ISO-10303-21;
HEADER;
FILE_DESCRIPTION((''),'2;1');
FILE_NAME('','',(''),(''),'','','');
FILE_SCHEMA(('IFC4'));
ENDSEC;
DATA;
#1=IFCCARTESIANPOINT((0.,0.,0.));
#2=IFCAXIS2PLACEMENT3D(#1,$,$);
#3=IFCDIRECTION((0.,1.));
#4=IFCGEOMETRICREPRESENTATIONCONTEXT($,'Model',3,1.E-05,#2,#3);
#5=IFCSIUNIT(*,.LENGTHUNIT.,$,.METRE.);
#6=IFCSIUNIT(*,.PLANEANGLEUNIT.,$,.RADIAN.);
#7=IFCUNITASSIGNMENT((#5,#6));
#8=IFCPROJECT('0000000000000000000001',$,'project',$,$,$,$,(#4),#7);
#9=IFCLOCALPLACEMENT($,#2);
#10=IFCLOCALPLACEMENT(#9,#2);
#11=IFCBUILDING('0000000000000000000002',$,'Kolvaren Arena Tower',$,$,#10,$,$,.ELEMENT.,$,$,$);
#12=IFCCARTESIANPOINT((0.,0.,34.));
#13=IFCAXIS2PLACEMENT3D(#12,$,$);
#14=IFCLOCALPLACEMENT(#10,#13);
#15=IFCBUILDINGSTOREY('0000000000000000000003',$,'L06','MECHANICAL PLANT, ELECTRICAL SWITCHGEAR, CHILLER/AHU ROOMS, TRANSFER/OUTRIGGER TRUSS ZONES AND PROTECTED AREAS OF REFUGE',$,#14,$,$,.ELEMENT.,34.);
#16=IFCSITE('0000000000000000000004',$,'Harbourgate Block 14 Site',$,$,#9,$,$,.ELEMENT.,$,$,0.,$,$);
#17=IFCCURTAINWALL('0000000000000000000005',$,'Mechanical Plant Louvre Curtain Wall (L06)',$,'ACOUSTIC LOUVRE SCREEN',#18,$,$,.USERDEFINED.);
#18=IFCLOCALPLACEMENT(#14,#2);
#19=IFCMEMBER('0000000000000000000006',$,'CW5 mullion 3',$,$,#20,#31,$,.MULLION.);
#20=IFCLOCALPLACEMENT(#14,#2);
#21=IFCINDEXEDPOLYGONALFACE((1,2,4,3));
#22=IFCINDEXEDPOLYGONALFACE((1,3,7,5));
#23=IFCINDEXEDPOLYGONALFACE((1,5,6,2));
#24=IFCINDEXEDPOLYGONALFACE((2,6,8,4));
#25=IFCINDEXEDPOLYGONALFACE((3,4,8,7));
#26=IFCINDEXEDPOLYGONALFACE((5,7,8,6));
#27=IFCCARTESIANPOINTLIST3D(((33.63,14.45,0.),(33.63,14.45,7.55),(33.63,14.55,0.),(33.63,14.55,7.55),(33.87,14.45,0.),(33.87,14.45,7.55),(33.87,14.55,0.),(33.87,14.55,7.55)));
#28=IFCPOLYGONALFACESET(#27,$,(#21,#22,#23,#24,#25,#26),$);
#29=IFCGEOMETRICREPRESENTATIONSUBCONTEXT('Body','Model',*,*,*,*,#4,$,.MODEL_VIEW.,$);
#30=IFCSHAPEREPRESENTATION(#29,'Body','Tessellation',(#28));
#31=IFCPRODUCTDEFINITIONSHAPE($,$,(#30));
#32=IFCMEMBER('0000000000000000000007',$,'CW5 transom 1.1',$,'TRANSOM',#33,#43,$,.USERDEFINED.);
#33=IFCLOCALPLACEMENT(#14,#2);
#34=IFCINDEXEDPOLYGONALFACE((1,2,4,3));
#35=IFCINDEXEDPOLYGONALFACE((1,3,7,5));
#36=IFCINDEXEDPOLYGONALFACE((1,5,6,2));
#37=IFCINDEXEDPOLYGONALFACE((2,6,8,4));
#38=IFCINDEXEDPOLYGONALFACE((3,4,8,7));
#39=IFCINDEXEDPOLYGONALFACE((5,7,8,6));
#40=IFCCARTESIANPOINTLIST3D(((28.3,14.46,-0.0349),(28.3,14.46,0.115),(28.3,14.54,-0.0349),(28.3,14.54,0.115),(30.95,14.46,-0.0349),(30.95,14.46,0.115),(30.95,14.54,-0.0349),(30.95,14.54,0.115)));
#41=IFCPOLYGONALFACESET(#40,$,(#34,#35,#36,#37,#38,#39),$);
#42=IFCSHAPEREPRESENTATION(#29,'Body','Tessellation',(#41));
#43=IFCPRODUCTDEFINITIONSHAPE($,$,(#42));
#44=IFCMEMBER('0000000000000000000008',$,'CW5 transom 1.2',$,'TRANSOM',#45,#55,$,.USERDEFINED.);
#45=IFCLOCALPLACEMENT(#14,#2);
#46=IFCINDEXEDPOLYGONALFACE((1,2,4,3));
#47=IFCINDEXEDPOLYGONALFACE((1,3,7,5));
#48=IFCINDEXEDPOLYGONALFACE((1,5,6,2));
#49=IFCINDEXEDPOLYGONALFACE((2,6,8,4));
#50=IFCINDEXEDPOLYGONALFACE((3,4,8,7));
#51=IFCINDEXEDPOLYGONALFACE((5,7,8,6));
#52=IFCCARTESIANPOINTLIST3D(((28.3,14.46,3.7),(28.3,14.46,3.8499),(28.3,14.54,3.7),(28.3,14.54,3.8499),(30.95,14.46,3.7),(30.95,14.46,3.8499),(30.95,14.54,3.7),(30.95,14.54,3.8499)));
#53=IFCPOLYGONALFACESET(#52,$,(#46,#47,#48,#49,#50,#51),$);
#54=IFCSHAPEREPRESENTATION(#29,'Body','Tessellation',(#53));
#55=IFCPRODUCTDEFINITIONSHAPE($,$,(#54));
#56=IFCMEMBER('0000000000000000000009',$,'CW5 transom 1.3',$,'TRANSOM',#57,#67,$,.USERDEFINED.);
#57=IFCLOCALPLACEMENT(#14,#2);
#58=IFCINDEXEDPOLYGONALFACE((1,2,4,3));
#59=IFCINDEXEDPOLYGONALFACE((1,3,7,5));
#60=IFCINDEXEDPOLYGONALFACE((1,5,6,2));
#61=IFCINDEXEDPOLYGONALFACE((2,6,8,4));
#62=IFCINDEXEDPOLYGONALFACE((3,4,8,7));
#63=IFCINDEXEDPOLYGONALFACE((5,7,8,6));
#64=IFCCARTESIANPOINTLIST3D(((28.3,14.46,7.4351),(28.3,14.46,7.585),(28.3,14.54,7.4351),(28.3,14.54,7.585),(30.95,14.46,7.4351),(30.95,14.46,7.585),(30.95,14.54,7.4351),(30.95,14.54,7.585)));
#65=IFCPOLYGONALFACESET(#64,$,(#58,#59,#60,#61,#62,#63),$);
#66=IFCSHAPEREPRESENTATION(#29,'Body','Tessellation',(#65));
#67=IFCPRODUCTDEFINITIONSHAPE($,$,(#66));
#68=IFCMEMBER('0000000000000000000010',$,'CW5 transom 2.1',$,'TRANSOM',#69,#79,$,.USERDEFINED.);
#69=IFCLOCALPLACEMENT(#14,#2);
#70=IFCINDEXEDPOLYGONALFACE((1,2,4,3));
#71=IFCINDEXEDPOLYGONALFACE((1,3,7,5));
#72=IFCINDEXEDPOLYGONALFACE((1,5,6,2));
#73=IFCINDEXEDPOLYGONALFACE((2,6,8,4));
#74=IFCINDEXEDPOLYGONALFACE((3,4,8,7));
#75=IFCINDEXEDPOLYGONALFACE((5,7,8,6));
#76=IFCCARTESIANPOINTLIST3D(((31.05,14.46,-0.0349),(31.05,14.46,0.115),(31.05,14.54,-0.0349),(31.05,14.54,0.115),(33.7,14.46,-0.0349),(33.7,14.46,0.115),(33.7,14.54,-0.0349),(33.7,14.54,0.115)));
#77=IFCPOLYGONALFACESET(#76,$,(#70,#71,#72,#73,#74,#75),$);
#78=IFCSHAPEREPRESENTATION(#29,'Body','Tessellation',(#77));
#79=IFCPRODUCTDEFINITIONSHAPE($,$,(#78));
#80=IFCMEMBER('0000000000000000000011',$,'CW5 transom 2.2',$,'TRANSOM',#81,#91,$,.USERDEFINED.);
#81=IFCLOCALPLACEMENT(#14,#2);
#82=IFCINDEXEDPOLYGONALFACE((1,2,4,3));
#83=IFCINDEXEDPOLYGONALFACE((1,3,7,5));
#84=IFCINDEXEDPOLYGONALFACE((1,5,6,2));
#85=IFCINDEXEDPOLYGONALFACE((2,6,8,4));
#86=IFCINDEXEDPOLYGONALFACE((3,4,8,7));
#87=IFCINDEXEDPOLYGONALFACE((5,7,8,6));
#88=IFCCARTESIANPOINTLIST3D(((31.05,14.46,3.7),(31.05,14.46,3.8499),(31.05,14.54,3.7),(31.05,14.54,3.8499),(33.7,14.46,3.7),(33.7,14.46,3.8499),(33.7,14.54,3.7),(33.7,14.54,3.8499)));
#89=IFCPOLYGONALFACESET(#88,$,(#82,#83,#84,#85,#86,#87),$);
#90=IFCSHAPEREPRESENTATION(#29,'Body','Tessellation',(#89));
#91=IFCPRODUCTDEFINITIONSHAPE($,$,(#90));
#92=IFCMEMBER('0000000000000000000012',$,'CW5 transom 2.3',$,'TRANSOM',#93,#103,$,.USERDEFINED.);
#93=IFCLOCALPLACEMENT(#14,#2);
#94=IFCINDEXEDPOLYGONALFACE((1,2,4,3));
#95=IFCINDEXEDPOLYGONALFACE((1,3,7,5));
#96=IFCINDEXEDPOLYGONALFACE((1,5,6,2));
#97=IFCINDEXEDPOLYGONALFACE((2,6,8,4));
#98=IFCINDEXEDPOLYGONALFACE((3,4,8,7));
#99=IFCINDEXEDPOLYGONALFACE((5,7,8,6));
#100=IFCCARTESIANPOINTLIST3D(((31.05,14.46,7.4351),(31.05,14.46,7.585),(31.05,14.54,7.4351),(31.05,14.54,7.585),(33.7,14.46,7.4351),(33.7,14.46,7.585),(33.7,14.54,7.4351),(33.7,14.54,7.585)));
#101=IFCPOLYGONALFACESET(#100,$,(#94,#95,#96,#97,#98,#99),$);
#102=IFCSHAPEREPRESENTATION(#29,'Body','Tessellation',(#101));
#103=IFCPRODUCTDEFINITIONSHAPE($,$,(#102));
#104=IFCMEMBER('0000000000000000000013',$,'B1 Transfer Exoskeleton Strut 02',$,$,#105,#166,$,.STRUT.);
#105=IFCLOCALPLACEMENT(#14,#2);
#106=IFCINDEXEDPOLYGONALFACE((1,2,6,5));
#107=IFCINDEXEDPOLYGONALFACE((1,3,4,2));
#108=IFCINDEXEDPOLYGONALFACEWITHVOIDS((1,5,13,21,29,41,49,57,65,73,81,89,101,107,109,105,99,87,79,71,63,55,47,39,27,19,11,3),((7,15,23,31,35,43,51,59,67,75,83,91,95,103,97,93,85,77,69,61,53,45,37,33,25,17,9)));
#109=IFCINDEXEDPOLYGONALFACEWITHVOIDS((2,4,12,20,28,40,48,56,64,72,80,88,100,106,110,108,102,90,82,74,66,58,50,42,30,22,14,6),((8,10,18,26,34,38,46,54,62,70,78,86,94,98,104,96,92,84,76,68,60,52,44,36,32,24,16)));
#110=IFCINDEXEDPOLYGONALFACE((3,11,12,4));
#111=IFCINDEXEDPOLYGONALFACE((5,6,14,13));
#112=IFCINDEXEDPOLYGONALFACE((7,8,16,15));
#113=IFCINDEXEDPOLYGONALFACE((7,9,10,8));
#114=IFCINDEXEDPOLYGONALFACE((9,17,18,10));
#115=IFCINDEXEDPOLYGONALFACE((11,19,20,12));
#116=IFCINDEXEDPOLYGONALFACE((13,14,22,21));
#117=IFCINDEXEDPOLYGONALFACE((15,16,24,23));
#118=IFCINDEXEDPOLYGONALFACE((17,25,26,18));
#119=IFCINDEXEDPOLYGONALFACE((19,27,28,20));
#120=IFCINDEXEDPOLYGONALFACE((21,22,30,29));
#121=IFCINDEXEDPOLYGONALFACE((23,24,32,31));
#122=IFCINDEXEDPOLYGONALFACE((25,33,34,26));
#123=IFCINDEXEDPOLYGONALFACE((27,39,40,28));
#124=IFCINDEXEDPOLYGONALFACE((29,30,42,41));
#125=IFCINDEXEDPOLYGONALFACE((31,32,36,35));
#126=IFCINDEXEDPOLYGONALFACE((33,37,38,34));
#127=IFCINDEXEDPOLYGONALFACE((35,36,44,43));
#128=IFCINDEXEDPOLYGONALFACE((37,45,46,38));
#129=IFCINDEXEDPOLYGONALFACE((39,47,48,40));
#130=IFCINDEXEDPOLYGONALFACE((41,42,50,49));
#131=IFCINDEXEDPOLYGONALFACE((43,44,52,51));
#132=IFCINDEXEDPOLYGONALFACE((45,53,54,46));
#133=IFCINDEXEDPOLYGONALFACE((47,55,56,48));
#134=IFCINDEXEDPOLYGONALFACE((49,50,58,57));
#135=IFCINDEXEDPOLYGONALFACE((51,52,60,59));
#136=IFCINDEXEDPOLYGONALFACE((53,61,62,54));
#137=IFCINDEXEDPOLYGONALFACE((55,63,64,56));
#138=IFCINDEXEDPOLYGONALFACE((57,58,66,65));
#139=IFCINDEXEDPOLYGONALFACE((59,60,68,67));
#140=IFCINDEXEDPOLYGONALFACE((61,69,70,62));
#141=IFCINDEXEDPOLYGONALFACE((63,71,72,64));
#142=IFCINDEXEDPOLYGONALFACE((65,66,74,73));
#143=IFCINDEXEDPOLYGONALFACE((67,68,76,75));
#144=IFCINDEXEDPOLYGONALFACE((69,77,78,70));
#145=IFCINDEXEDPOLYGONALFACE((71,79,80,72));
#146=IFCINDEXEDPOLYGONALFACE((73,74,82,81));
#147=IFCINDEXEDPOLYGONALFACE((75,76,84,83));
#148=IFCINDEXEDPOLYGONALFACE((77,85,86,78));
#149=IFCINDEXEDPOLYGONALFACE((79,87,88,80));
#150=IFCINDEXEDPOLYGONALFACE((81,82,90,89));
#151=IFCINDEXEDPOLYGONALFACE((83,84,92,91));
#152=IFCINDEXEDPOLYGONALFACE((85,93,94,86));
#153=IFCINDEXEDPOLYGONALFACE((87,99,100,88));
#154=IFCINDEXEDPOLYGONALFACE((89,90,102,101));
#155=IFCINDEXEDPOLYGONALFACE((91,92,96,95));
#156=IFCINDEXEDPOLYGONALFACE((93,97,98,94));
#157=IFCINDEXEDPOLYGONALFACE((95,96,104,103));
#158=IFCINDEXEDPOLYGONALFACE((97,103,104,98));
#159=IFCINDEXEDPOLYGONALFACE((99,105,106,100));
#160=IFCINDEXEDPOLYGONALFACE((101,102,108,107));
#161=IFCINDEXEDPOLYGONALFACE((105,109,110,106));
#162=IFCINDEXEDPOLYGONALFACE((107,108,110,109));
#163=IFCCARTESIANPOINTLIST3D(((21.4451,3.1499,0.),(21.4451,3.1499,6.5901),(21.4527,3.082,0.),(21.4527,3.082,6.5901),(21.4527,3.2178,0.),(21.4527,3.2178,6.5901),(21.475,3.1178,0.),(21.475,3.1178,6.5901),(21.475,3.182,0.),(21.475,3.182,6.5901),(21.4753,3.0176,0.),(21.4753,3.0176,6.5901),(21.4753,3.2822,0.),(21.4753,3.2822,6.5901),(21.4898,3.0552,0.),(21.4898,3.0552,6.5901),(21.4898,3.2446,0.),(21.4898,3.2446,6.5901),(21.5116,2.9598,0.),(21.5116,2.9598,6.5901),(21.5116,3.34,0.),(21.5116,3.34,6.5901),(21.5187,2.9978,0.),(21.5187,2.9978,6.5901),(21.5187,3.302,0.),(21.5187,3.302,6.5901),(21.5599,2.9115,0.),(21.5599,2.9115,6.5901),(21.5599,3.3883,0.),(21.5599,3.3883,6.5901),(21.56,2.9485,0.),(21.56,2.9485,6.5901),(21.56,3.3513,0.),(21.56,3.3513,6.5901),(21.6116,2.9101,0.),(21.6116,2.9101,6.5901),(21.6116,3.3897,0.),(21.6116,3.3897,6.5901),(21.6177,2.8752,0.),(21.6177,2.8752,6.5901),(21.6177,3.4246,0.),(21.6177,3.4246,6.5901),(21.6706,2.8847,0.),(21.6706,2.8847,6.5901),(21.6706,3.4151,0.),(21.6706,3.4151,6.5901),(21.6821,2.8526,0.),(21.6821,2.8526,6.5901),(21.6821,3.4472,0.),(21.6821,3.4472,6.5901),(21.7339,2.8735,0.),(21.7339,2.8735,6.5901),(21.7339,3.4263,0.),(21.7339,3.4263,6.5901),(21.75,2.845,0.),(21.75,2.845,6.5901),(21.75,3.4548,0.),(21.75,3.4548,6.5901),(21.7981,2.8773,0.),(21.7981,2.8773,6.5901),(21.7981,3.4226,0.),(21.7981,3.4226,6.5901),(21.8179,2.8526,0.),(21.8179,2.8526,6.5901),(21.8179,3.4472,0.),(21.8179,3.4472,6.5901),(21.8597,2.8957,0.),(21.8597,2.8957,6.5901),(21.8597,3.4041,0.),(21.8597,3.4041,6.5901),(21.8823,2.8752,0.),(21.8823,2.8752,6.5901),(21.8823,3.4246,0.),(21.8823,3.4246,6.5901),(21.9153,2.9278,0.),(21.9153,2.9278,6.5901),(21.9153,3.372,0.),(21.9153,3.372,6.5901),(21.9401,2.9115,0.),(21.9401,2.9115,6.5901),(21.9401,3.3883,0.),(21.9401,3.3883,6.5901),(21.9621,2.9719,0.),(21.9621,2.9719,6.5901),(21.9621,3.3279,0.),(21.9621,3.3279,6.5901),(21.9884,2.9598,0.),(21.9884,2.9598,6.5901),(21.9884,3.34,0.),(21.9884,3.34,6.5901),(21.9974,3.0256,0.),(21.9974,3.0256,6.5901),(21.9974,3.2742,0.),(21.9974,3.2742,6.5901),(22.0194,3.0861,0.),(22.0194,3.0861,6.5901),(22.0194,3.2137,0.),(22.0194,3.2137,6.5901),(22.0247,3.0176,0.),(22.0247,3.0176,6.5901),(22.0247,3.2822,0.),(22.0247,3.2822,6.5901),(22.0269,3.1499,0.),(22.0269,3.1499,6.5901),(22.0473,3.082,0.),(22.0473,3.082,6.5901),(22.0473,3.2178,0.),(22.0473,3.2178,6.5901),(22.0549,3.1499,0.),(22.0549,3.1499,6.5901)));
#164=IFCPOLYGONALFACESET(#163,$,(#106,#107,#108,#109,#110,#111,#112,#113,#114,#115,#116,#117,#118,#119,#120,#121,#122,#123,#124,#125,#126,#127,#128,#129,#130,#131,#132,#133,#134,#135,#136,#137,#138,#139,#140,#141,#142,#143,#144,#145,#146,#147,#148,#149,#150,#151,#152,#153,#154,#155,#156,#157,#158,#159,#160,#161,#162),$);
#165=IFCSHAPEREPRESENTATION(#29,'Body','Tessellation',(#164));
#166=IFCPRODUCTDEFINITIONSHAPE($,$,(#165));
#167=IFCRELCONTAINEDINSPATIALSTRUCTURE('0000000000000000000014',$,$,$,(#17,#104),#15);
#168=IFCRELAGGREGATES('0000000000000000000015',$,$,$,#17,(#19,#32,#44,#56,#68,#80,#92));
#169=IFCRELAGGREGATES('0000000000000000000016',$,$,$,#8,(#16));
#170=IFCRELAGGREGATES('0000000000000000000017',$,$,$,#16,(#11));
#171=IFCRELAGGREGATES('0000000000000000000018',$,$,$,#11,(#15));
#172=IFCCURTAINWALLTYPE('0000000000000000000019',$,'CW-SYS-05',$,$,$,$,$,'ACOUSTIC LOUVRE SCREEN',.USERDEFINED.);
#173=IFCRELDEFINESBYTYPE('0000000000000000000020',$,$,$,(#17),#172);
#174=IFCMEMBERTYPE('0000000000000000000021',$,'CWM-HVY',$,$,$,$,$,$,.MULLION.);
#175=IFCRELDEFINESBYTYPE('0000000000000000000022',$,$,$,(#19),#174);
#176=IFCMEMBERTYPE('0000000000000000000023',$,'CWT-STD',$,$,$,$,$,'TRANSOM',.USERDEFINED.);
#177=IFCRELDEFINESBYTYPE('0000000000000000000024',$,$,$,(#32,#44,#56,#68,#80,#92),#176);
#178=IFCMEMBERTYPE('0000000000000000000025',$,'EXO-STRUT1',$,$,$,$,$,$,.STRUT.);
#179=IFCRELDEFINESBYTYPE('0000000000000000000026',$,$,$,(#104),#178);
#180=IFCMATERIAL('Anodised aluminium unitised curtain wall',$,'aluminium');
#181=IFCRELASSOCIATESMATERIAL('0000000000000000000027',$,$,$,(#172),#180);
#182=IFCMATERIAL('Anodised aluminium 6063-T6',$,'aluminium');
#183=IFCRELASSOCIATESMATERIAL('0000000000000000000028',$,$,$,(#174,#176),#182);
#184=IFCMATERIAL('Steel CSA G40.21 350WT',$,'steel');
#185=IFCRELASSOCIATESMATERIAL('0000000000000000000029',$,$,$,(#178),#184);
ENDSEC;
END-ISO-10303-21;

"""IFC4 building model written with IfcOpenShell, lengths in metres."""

from ifc_helpers import new_model, si_unit, direction, frame, origin, origin_2d, place, context, subcontext, project, spatial, rectangle, hollow_circle, extrude, material, material_profile, profile_set, type_object, element, aggregate, save


model = new_model("IFC4")

# Units and contexts
model_context = context("Model", 3, precision=1e-05, world=origin(), true_north=direction((0.0, 1.0)))
body_context = subcontext(model_context, "Body", "Model", "MODEL_VIEW")
ifc_project = project(units=[si_unit("LENGTHUNIT", "METRE"), si_unit("PLANEANGLEUNIT", "RADIAN")], contexts=[model_context])

# Site, building, storey
site_placement = place(None, origin())
site = spatial("IfcSite", under=ifc_project, at=site_placement, Name="Harbourgate Block 14 Site", CompositionType="ELEMENT", RefElevation=0.0)
building_placement = place(site_placement, origin())
building = spatial("IfcBuilding", under=site, at=building_placement, Name="Kolvaren Arena Tower", CompositionType="ELEMENT")
storey_placement = place(building_placement, frame((0.0, 0.0, 34.0)))
storey = spatial("IfcBuildingStorey", under=building, at=storey_placement, Name="L06", Description="MECHANICAL PLANT, ELECTRICAL SWITCHGEAR, CHILLER/AHU ROOMS, TRANSFER/OUTRIGGER TRUSS ZONES AND PROTECTED AREAS OF REFUGE", CompositionType="ELEMENT", Elevation=34.0)

# Curtain wall, members
ifc_material_1 = material(Name="Anodised aluminium unitised curtain wall", Category="aluminium")
curtain_wall_type = type_object("IfcCurtainWallType", Name="CW-SYS-05", ElementType="ACOUSTIC LOUVRE SCREEN", PredefinedType="USERDEFINED", material=ifc_material_1)
curtain_wall_placement = place(storey_placement, origin())
curtain_wall = element("IfcCurtainWall", 1, at=curtain_wall_placement, inside=storey, type_object=curtain_wall_type, Name="Mechanical Plant Louvre Curtain Wall (L06)", ObjectType="ACOUSTIC LOUVRE SCREEN", PredefinedType="USERDEFINED")
ifc_material_2 = material(Name="Anodised aluminium 6063-T6", Category="aluminium")
ifc_material_profile_1 = material_profile(ifc_material_2, rectangle(XDim=0.1001, YDim=0.24, at=origin_2d()), Name="ALU-100x240")
ifc_profile_set_1 = profile_set([ifc_material_profile_1], Name="Anodised aluminium 6063-T6")
member_type_1 = type_object("IfcMemberType", Name="CWM-HVY", PredefinedType="MULLION", material=ifc_profile_set_1)
member_1_placement = place(storey_placement, frame((33.75, 14.5, 0.0), z_axis=(0.0, 0.0, 1.0), x_axis=(0.0, 1.0, 0.0)))
member_1 = element("IfcMember", 2, at=member_1_placement, type_object=member_type_1, Name="CW5 mullion 3", PredefinedType="MULLION", context=body_context, shape_type="SweptSolid", body=[
    extrude(rectangle(XDim=0.1001, YDim=0.24, at=origin_2d()), origin(), (0.0, 0.0, 1.0), 7.55),
])
ifc_material_profile_2 = material_profile(ifc_material_2, rectangle(XDim=0.0801, YDim=0.1499, at=origin_2d()), Name="ALU-80x150")
ifc_profile_set_2 = profile_set([ifc_material_profile_2], Name="Anodised aluminium 6063-T6")
member_type_2 = type_object("IfcMemberType", Name="CWT-STD", ElementType="TRANSOM", PredefinedType="USERDEFINED", material=ifc_profile_set_2)
member_2_placement = place(storey_placement, frame((28.3, 14.5, 0.04), z_axis=(1.0, 0.0, 0.0), x_axis=(0.0, 1.0, 0.0)))
member_2 = element("IfcMember", 3, at=member_2_placement, type_object=member_type_2, Name="CW5 transom 1.1", ObjectType="TRANSOM", PredefinedType="USERDEFINED", context=body_context, shape_type="SweptSolid", body=[
    extrude(rectangle(XDim=0.0801, YDim=0.1499, at=origin_2d()), origin(), (0.0, 0.0, 1.0), 2.6499),
])
member_3_placement = place(storey_placement, frame((28.3, 14.5, 3.7749), z_axis=(1.0, 0.0, 0.0), x_axis=(0.0, 1.0, 0.0)))
member_3 = element("IfcMember", 4, at=member_3_placement, type_object=member_type_2, Name="CW5 transom 1.2", ObjectType="TRANSOM", PredefinedType="USERDEFINED", context=body_context, shape_type="SweptSolid", body=[
    extrude(rectangle(XDim=0.0801, YDim=0.1499, at=origin_2d()), origin(), (0.0, 0.0, 1.0), 2.6499),
])
member_4_placement = place(storey_placement, frame((28.3, 14.5, 7.51), z_axis=(1.0, 0.0, 0.0), x_axis=(0.0, 1.0, 0.0)))
member_4 = element("IfcMember", 5, at=member_4_placement, type_object=member_type_2, Name="CW5 transom 1.3", ObjectType="TRANSOM", PredefinedType="USERDEFINED", context=body_context, shape_type="SweptSolid", body=[
    extrude(rectangle(XDim=0.0801, YDim=0.1499, at=origin_2d()), origin(), (0.0, 0.0, 1.0), 2.6499),
])
member_5_placement = place(storey_placement, frame((31.05, 14.5, 0.04), z_axis=(1.0, 0.0, 0.0), x_axis=(0.0, 1.0, 0.0)))
member_5 = element("IfcMember", 6, at=member_5_placement, type_object=member_type_2, Name="CW5 transom 2.1", ObjectType="TRANSOM", PredefinedType="USERDEFINED", context=body_context, shape_type="SweptSolid", body=[
    extrude(rectangle(XDim=0.0801, YDim=0.1499, at=origin_2d()), origin(), (0.0, 0.0, 1.0), 2.6499),
])
member_6_placement = place(storey_placement, frame((31.05, 14.5, 3.7749), z_axis=(1.0, 0.0, 0.0), x_axis=(0.0, 1.0, 0.0)))
member_6 = element("IfcMember", 7, at=member_6_placement, type_object=member_type_2, Name="CW5 transom 2.2", ObjectType="TRANSOM", PredefinedType="USERDEFINED", context=body_context, shape_type="SweptSolid", body=[
    extrude(rectangle(XDim=0.0801, YDim=0.1499, at=origin_2d()), origin(), (0.0, 0.0, 1.0), 2.6499),
])
member_7_placement = place(storey_placement, frame((31.05, 14.5, 7.51), z_axis=(1.0, 0.0, 0.0), x_axis=(0.0, 1.0, 0.0)))
member_7 = element("IfcMember", 8, at=member_7_placement, type_object=member_type_2, Name="CW5 transom 2.3", ObjectType="TRANSOM", PredefinedType="USERDEFINED", context=body_context, shape_type="SweptSolid", body=[
    extrude(rectangle(XDim=0.0801, YDim=0.1499, at=origin_2d()), origin(), (0.0, 0.0, 1.0), 2.6499),
])

# Member
ifc_material_3 = material(Name="Steel CSA G40.21 350WT", Category="steel")
ifc_material_profile_3 = material_profile(ifc_material_3, hollow_circle(Radius=0.3049, WallThickness=0.0281, at=origin_2d()), Name="CHS 610x28")
ifc_profile_set_3 = profile_set([ifc_material_profile_3], Name="Steel CSA G40.21 350WT")
member_type_3 = type_object("IfcMemberType", Name="EXO-STRUT1", PredefinedType="STRUT", material=ifc_profile_set_3)
member_8_placement = place(storey_placement, frame((21.75, 3.1499, 0.0), z_axis=(0.0, 0.0, 1.0), x_axis=(1.0, 0.0, 0.0)))
element("IfcMember", 9, at=member_8_placement, inside=storey, type_object=member_type_3, Name="B1 Transfer Exoskeleton Strut 02", PredefinedType="STRUT", context=body_context, shape_type="SweptSolid", body=[
    extrude(hollow_circle(Radius=0.3049, WallThickness=0.0281, at=origin_2d()), origin(), (0.0, 0.0, 1.0), 6.5901),
])

aggregate(curtain_wall, [member_1, member_2, member_3, member_4, member_5, member_6, member_7])

save(model, "model.ifc")
